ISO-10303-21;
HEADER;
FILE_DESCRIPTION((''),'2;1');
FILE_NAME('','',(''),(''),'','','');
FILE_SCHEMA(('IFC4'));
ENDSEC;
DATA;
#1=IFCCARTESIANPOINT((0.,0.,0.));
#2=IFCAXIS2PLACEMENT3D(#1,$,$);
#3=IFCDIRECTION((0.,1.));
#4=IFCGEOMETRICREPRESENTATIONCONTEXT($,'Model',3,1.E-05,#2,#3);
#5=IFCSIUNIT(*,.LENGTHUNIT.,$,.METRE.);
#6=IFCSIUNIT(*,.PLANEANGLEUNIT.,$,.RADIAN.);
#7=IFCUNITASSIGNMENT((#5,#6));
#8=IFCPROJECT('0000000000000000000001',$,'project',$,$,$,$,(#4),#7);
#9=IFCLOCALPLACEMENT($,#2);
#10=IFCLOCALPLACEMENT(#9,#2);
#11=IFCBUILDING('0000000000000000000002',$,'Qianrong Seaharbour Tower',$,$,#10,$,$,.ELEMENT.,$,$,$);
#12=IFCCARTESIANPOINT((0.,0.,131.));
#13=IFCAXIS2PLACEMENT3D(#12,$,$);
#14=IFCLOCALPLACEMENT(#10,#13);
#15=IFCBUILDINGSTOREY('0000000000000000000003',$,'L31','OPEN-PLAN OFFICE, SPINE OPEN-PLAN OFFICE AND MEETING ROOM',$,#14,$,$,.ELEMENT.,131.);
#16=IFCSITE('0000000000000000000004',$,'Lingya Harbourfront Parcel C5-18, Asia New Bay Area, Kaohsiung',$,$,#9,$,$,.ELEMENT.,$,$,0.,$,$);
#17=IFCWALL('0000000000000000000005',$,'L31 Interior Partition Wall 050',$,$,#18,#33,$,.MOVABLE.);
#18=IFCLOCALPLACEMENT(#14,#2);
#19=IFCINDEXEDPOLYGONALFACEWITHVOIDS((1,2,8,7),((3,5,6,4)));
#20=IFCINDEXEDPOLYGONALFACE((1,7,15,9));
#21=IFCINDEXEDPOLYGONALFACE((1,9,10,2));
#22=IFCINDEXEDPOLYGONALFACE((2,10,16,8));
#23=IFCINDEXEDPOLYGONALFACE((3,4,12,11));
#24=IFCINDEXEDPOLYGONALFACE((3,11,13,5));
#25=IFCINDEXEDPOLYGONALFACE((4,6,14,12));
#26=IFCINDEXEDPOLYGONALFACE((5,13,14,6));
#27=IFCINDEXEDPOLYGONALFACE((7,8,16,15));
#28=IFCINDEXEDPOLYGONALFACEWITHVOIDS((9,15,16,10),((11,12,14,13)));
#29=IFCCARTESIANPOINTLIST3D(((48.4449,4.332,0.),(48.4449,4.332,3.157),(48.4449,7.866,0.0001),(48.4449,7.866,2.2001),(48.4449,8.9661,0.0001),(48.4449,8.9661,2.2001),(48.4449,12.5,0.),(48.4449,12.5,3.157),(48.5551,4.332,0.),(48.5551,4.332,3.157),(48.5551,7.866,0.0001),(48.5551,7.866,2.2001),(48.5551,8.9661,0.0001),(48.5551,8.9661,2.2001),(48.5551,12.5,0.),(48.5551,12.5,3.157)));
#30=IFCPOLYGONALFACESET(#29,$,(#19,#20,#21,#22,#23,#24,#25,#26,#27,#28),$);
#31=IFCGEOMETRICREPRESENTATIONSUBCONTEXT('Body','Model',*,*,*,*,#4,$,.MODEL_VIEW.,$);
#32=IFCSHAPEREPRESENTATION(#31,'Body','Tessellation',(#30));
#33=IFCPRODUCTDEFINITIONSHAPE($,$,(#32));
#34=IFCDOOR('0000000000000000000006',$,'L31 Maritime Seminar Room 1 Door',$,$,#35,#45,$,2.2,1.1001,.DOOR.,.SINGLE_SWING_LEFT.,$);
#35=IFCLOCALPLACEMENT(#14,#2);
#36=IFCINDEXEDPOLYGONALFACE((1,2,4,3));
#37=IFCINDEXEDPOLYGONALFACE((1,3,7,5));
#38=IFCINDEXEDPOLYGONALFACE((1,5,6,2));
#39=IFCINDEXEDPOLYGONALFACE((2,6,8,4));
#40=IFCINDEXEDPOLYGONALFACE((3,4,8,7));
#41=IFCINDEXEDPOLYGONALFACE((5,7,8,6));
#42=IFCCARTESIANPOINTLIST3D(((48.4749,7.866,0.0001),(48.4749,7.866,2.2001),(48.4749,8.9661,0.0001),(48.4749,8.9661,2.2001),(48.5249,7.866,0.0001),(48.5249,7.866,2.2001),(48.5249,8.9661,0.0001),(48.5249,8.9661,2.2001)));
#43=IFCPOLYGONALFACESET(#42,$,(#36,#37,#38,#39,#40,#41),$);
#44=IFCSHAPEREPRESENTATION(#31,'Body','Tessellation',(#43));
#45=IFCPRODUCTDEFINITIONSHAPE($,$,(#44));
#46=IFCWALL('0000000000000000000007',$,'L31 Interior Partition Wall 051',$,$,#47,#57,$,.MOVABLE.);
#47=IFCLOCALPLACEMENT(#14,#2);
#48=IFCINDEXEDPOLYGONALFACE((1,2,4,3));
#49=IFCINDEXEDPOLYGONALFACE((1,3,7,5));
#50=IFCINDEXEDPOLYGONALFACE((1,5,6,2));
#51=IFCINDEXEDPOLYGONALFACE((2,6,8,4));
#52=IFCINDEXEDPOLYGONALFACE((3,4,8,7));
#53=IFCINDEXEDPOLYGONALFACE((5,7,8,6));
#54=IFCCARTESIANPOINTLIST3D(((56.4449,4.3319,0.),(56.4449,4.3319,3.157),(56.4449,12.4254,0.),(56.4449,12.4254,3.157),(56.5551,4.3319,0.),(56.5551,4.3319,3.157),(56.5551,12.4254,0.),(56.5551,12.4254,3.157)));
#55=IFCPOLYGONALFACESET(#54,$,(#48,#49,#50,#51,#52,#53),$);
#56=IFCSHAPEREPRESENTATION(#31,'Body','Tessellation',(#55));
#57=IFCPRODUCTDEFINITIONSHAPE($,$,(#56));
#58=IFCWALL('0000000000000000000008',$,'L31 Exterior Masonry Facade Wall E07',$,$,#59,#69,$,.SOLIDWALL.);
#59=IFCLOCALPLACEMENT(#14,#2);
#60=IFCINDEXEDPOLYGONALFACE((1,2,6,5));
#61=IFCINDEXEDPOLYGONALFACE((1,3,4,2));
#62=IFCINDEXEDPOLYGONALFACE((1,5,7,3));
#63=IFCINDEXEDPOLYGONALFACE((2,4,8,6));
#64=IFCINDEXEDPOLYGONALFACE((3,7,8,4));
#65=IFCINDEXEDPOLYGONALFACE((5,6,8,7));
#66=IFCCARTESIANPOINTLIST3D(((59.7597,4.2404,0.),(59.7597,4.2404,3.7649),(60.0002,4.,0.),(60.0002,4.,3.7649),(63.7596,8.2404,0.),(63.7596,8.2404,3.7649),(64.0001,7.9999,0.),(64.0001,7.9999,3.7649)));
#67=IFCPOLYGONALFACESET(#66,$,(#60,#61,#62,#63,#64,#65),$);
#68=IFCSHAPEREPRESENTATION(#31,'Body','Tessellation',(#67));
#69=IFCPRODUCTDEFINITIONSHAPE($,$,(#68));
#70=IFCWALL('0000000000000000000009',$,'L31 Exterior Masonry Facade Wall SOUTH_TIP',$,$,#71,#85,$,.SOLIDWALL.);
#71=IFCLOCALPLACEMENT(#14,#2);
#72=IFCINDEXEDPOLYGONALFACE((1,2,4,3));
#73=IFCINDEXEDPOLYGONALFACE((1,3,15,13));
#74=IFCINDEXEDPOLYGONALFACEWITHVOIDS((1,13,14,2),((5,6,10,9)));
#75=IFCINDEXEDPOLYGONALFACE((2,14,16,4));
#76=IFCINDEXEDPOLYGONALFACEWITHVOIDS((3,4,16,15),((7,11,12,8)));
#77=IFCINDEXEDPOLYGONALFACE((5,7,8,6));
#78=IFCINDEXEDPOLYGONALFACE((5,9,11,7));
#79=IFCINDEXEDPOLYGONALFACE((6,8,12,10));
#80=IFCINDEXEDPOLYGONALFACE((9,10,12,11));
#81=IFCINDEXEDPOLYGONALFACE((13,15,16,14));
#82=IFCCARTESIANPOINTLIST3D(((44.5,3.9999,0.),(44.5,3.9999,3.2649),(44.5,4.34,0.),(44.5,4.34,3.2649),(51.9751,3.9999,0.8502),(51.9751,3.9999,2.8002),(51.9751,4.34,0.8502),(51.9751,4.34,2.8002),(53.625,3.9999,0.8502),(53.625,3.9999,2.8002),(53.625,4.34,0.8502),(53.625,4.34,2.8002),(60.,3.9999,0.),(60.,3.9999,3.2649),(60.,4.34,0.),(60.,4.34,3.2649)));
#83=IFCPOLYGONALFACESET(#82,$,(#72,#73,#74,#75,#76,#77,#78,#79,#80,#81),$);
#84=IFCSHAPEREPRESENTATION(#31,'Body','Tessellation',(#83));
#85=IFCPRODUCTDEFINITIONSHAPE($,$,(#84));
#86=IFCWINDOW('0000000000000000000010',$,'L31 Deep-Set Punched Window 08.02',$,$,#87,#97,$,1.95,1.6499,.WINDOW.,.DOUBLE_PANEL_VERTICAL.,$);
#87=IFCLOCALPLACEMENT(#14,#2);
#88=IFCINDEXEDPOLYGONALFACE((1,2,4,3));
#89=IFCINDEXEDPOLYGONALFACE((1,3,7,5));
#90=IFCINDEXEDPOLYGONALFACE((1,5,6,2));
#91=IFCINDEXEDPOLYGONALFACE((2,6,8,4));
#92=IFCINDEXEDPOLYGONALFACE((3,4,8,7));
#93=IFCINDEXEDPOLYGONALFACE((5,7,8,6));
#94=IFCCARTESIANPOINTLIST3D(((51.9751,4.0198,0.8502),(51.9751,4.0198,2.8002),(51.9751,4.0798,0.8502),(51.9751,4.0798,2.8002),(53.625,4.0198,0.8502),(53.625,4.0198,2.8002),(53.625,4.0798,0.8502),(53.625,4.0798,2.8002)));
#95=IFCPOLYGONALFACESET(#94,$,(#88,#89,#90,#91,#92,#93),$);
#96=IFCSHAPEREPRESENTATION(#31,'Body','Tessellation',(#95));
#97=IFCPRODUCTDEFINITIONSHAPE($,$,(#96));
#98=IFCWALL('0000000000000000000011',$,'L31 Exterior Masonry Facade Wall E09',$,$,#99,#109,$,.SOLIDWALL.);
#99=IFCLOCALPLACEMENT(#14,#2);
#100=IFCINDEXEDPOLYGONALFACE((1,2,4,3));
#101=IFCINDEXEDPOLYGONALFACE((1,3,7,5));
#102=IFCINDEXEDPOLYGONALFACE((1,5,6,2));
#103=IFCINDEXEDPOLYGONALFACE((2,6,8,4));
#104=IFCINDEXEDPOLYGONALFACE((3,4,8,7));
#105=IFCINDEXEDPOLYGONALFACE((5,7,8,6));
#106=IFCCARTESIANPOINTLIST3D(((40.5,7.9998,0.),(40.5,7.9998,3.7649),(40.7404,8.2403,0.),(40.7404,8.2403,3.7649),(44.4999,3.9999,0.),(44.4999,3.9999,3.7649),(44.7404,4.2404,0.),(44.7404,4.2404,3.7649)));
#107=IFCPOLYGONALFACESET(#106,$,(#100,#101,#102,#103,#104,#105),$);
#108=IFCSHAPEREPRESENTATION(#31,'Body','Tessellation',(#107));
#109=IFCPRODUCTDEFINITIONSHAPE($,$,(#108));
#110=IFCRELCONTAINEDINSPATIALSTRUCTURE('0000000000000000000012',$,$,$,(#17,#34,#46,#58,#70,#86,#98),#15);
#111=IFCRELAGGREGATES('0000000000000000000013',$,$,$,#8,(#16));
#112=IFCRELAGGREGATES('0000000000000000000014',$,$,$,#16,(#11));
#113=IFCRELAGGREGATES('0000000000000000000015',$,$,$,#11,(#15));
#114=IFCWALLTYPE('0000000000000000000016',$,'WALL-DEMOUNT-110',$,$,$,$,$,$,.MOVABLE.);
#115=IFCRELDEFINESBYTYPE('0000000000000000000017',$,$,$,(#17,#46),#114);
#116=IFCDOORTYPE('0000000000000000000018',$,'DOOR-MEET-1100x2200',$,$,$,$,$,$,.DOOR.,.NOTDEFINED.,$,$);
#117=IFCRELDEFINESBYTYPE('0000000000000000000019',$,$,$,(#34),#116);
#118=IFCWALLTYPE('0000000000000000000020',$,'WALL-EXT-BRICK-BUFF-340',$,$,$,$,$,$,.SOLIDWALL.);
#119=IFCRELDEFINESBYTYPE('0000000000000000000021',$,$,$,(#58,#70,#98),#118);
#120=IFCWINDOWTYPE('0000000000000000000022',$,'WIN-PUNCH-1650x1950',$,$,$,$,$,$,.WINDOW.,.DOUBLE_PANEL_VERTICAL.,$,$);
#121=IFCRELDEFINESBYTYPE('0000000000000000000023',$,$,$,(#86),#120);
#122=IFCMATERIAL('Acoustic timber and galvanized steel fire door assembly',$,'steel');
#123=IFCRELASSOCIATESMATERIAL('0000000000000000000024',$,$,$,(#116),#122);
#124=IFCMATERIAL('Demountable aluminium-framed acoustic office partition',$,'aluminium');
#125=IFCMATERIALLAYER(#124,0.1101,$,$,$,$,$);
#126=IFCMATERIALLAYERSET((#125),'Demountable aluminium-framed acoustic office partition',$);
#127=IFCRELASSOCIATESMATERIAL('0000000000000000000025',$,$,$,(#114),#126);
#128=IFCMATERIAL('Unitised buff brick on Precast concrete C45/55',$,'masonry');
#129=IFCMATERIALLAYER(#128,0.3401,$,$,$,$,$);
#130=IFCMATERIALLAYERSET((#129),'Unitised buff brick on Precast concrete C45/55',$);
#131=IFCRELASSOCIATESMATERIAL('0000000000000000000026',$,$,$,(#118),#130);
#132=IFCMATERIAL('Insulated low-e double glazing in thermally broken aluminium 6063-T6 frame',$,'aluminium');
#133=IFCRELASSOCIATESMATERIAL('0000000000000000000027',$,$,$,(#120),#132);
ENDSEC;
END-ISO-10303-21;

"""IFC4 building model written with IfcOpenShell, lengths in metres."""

from ifc_helpers import new_model, si_unit, direction, frame, frame_2d, origin, place, context, subcontext, project, spatial, rectangle, extrude, material, layer, layer_set, type_object, element, fill, save


model = new_model("IFC4")

# Units and contexts
model_context = context("Model", 3, precision=1e-05, world=origin(), true_north=direction((0.0, 1.0)))
body_context = subcontext(model_context, "Body", "Model", "MODEL_VIEW")
ifc_project = project(units=[si_unit("LENGTHUNIT", "METRE"), si_unit("PLANEANGLEUNIT", "RADIAN")], contexts=[model_context])

# Site, building, storey
site_placement = place(None, origin())
site = spatial("IfcSite", under=ifc_project, at=site_placement, Name="Lingya Harbourfront Parcel C5-18, Asia New Bay Area, Kaohsiung", CompositionType="ELEMENT", RefElevation=0.0)
building_placement = place(site_placement, origin())
building = spatial("IfcBuilding", under=site, at=building_placement, Name="Qianrong Seaharbour Tower", CompositionType="ELEMENT")
storey_placement = place(building_placement, frame((0.0, 0.0, 131.0)))
storey = spatial("IfcBuildingStorey", under=building, at=storey_placement, Name="L31", Description="OPEN-PLAN OFFICE, SPINE OPEN-PLAN OFFICE AND MEETING ROOM", CompositionType="ELEMENT", Elevation=131.0)

# Shared definitions
ifc_material_1 = material(Name="Acoustic timber and galvanized steel fire door assembly", Category="steel")

# Wall, opening, door
door_type_1 = type_object("IfcDoorType", Name="DOOR-MEET-1100x2200", OperationType="NOTDEFINED", PredefinedType="DOOR", material=ifc_material_1)
ifc_material_2 = material(Name="Demountable aluminium-framed acoustic office partition", Category="aluminium")
ifc_layer_1 = layer(ifc_material_2, 0.1101)
ifc_layer_set_1 = layer_set([ifc_layer_1], Name="Demountable aluminium-framed acoustic office partition")
wall_type_1 = type_object("IfcWallType", Name="WALL-DEMOUNT-110", PredefinedType="MOVABLE", material=ifc_layer_set_1)
wall_1_placement = place(storey_placement, frame((48.5, 12.5, 0.0), z_axis=(0.0, 0.0, 1.0), x_axis=(0.0, -1.0, 0.0)))
wall_1 = element("IfcWall", 1, at=wall_1_placement, inside=storey, type_object=wall_type_1, Name="L31 Interior Partition Wall 050", PredefinedType="MOVABLE", context=body_context, shape_type="SweptSolid", body=[
    extrude(rectangle(XDim=8.168, YDim=0.1101, at=frame_2d((4.084, 0.0))), origin(), (0.0, 0.0, 1.0), 3.157),
])
opening_1_placement = place(wall_1_placement, frame((3.5339, 0.0, 0.0)))
opening_1 = element("IfcOpeningElement", 2, at=opening_1_placement, cuts=wall_1, PredefinedType="OPENING", context=body_context, shape_type="SweptSolid", body=[
    extrude(rectangle(XDim=1.1001, YDim=2.2, at=frame_2d((0.55, 1.1001))), frame((0.0, 0.0649, 0.0), z_axis=(0.0, -1.0, 0.0), x_axis=(1.0, 0.0, 0.0)), (0.0, 0.0, 1.0), 0.1301),
])
door_1_placement = place(opening_1_placement, origin())
door_1 = element("IfcDoor", 3, at=door_1_placement, inside=storey, type_object=door_type_1, Name="L31 Maritime Seminar Room 1 Door", OperationType="SINGLE_SWING_LEFT", OverallHeight=2.2, OverallWidth=1.1001, PredefinedType="DOOR", context=body_context, shape_type="SweptSolid", body=[
    extrude(rectangle(XDim=1.1001, YDim=2.2, at=frame_2d((0.55, 1.1001))), frame((0.0, 0.0249, 0.0), z_axis=(0.0, -1.0, 0.0), x_axis=(1.0, 0.0, 0.0)), (0.0, 0.0, 1.0), 0.05),
])
fill(opening_1, door_1)

# Walls
wall_2_placement = place(storey_placement, frame((56.5, 12.4255, 0.0), z_axis=(0.0, 0.0, 1.0), x_axis=(0.0, -1.0, 0.0)))
element("IfcWall", 4, at=wall_2_placement, inside=storey, type_object=wall_type_1, Name="L31 Interior Partition Wall 051", PredefinedType="MOVABLE", context=body_context, shape_type="SweptSolid", body=[
    extrude(rectangle(XDim=8.0935, YDim=0.1101, at=frame_2d((4.0469, 0.0))), origin(), (0.0, 0.0, 1.0), 3.157),
])
ifc_material_3 = material(Name="Unitised buff brick on Precast concrete C45/55", Category="masonry")
ifc_layer_2 = layer(ifc_material_3, 0.3401)
ifc_layer_set_2 = layer_set([ifc_layer_2], Name="Unitised buff brick on Precast concrete C45/55")
wall_type_2 = type_object("IfcWallType", Name="WALL-EXT-BRICK-BUFF-340", PredefinedType="SOLIDWALL", material=ifc_layer_set_2)
wall_3_placement = place(storey_placement, frame((63.8799, 8.1201, 0.0), z_axis=(0.0, 0.0, 1.0), x_axis=(-0.707107, -0.707107, 0.0)))
element("IfcWall", 5, at=wall_3_placement, inside=storey, type_object=wall_type_2, Name="L31 Exterior Masonry Facade Wall E07", PredefinedType="SOLIDWALL", context=body_context, shape_type="SweptSolid", body=[
    extrude(rectangle(XDim=5.6567, YDim=0.3401, at=frame_2d((2.8284, 0.0))), origin(), (0.0, 0.0, 1.0), 3.7649),
])

# Wall, opening, window
wall_4_placement = place(storey_placement, frame((60.0, 4.1699, 0.0), z_axis=(0.0, 0.0, 1.0), x_axis=(-1.0, 0.0, 0.0)))
wall_4 = element("IfcWall", 6, at=wall_4_placement, inside=storey, type_object=wall_type_2, Name="L31 Exterior Masonry Facade Wall SOUTH_TIP", PredefinedType="SOLIDWALL", context=body_context, shape_type="SweptSolid", body=[
    extrude(rectangle(XDim=15.5, YDim=0.3401, at=frame_2d((7.75, 0.0))), origin(), (0.0, 0.0, 1.0), 3.2649),
])
opening_2_placement = place(wall_4_placement, frame((6.375, 0.0, 0.8501)))
opening_2 = element("IfcOpeningElement", 7, at=opening_2_placement, cuts=wall_4, PredefinedType="OPENING", context=body_context, shape_type="SweptSolid", body=[
    extrude(rectangle(XDim=1.6499, YDim=1.95, at=frame_2d((0.825, 0.9751))), frame((0.0, 0.1802, 0.0), z_axis=(0.0, -1.0, 0.0), x_axis=(1.0, 0.0, 0.0)), (0.0, 0.0, 1.0), 0.3601),
])
ifc_material_4 = material(Name="Insulated low-e double glazing in thermally broken aluminium 6063-T6 frame", Category="aluminium")
window_type = type_object("IfcWindowType", Name="WIN-PUNCH-1650x1950", PartitioningType="DOUBLE_PANEL_VERTICAL", PredefinedType="WINDOW", material=ifc_material_4)
window_placement = place(opening_2_placement, origin())
window = element("IfcWindow", 8, at=window_placement, inside=storey, type_object=window_type, Name="L31 Deep-Set Punched Window 08.02", OverallHeight=1.95, OverallWidth=1.6499, PartitioningType="DOUBLE_PANEL_VERTICAL", PredefinedType="WINDOW", context=body_context, shape_type="SweptSolid", body=[
    extrude(rectangle(XDim=1.6499, YDim=1.95, at=frame_2d((0.825, 0.9751))), frame((0.0, 0.1501, 0.0), z_axis=(0.0, -1.0, 0.0), x_axis=(1.0, 0.0, 0.0)), (0.0, 0.0, 1.0), 0.0601),
])
fill(opening_2, window)

# Wall
wall_5_placement = place(storey_placement, frame((44.6201, 4.1201, 0.0), z_axis=(0.0, 0.0, 1.0), x_axis=(-0.707107, 0.707107, 0.0)))
element("IfcWall", 9, at=wall_5_placement, inside=storey, type_object=wall_type_2, Name="L31 Exterior Masonry Facade Wall E09", PredefinedType="SOLIDWALL", context=body_context, shape_type="SweptSolid", body=[
    extrude(rectangle(XDim=5.6567, YDim=0.3401, at=frame_2d((2.8284, 0.0))), origin(), (0.0, 0.0, 1.0), 3.7649),
])

save(model, "model.ifc")
